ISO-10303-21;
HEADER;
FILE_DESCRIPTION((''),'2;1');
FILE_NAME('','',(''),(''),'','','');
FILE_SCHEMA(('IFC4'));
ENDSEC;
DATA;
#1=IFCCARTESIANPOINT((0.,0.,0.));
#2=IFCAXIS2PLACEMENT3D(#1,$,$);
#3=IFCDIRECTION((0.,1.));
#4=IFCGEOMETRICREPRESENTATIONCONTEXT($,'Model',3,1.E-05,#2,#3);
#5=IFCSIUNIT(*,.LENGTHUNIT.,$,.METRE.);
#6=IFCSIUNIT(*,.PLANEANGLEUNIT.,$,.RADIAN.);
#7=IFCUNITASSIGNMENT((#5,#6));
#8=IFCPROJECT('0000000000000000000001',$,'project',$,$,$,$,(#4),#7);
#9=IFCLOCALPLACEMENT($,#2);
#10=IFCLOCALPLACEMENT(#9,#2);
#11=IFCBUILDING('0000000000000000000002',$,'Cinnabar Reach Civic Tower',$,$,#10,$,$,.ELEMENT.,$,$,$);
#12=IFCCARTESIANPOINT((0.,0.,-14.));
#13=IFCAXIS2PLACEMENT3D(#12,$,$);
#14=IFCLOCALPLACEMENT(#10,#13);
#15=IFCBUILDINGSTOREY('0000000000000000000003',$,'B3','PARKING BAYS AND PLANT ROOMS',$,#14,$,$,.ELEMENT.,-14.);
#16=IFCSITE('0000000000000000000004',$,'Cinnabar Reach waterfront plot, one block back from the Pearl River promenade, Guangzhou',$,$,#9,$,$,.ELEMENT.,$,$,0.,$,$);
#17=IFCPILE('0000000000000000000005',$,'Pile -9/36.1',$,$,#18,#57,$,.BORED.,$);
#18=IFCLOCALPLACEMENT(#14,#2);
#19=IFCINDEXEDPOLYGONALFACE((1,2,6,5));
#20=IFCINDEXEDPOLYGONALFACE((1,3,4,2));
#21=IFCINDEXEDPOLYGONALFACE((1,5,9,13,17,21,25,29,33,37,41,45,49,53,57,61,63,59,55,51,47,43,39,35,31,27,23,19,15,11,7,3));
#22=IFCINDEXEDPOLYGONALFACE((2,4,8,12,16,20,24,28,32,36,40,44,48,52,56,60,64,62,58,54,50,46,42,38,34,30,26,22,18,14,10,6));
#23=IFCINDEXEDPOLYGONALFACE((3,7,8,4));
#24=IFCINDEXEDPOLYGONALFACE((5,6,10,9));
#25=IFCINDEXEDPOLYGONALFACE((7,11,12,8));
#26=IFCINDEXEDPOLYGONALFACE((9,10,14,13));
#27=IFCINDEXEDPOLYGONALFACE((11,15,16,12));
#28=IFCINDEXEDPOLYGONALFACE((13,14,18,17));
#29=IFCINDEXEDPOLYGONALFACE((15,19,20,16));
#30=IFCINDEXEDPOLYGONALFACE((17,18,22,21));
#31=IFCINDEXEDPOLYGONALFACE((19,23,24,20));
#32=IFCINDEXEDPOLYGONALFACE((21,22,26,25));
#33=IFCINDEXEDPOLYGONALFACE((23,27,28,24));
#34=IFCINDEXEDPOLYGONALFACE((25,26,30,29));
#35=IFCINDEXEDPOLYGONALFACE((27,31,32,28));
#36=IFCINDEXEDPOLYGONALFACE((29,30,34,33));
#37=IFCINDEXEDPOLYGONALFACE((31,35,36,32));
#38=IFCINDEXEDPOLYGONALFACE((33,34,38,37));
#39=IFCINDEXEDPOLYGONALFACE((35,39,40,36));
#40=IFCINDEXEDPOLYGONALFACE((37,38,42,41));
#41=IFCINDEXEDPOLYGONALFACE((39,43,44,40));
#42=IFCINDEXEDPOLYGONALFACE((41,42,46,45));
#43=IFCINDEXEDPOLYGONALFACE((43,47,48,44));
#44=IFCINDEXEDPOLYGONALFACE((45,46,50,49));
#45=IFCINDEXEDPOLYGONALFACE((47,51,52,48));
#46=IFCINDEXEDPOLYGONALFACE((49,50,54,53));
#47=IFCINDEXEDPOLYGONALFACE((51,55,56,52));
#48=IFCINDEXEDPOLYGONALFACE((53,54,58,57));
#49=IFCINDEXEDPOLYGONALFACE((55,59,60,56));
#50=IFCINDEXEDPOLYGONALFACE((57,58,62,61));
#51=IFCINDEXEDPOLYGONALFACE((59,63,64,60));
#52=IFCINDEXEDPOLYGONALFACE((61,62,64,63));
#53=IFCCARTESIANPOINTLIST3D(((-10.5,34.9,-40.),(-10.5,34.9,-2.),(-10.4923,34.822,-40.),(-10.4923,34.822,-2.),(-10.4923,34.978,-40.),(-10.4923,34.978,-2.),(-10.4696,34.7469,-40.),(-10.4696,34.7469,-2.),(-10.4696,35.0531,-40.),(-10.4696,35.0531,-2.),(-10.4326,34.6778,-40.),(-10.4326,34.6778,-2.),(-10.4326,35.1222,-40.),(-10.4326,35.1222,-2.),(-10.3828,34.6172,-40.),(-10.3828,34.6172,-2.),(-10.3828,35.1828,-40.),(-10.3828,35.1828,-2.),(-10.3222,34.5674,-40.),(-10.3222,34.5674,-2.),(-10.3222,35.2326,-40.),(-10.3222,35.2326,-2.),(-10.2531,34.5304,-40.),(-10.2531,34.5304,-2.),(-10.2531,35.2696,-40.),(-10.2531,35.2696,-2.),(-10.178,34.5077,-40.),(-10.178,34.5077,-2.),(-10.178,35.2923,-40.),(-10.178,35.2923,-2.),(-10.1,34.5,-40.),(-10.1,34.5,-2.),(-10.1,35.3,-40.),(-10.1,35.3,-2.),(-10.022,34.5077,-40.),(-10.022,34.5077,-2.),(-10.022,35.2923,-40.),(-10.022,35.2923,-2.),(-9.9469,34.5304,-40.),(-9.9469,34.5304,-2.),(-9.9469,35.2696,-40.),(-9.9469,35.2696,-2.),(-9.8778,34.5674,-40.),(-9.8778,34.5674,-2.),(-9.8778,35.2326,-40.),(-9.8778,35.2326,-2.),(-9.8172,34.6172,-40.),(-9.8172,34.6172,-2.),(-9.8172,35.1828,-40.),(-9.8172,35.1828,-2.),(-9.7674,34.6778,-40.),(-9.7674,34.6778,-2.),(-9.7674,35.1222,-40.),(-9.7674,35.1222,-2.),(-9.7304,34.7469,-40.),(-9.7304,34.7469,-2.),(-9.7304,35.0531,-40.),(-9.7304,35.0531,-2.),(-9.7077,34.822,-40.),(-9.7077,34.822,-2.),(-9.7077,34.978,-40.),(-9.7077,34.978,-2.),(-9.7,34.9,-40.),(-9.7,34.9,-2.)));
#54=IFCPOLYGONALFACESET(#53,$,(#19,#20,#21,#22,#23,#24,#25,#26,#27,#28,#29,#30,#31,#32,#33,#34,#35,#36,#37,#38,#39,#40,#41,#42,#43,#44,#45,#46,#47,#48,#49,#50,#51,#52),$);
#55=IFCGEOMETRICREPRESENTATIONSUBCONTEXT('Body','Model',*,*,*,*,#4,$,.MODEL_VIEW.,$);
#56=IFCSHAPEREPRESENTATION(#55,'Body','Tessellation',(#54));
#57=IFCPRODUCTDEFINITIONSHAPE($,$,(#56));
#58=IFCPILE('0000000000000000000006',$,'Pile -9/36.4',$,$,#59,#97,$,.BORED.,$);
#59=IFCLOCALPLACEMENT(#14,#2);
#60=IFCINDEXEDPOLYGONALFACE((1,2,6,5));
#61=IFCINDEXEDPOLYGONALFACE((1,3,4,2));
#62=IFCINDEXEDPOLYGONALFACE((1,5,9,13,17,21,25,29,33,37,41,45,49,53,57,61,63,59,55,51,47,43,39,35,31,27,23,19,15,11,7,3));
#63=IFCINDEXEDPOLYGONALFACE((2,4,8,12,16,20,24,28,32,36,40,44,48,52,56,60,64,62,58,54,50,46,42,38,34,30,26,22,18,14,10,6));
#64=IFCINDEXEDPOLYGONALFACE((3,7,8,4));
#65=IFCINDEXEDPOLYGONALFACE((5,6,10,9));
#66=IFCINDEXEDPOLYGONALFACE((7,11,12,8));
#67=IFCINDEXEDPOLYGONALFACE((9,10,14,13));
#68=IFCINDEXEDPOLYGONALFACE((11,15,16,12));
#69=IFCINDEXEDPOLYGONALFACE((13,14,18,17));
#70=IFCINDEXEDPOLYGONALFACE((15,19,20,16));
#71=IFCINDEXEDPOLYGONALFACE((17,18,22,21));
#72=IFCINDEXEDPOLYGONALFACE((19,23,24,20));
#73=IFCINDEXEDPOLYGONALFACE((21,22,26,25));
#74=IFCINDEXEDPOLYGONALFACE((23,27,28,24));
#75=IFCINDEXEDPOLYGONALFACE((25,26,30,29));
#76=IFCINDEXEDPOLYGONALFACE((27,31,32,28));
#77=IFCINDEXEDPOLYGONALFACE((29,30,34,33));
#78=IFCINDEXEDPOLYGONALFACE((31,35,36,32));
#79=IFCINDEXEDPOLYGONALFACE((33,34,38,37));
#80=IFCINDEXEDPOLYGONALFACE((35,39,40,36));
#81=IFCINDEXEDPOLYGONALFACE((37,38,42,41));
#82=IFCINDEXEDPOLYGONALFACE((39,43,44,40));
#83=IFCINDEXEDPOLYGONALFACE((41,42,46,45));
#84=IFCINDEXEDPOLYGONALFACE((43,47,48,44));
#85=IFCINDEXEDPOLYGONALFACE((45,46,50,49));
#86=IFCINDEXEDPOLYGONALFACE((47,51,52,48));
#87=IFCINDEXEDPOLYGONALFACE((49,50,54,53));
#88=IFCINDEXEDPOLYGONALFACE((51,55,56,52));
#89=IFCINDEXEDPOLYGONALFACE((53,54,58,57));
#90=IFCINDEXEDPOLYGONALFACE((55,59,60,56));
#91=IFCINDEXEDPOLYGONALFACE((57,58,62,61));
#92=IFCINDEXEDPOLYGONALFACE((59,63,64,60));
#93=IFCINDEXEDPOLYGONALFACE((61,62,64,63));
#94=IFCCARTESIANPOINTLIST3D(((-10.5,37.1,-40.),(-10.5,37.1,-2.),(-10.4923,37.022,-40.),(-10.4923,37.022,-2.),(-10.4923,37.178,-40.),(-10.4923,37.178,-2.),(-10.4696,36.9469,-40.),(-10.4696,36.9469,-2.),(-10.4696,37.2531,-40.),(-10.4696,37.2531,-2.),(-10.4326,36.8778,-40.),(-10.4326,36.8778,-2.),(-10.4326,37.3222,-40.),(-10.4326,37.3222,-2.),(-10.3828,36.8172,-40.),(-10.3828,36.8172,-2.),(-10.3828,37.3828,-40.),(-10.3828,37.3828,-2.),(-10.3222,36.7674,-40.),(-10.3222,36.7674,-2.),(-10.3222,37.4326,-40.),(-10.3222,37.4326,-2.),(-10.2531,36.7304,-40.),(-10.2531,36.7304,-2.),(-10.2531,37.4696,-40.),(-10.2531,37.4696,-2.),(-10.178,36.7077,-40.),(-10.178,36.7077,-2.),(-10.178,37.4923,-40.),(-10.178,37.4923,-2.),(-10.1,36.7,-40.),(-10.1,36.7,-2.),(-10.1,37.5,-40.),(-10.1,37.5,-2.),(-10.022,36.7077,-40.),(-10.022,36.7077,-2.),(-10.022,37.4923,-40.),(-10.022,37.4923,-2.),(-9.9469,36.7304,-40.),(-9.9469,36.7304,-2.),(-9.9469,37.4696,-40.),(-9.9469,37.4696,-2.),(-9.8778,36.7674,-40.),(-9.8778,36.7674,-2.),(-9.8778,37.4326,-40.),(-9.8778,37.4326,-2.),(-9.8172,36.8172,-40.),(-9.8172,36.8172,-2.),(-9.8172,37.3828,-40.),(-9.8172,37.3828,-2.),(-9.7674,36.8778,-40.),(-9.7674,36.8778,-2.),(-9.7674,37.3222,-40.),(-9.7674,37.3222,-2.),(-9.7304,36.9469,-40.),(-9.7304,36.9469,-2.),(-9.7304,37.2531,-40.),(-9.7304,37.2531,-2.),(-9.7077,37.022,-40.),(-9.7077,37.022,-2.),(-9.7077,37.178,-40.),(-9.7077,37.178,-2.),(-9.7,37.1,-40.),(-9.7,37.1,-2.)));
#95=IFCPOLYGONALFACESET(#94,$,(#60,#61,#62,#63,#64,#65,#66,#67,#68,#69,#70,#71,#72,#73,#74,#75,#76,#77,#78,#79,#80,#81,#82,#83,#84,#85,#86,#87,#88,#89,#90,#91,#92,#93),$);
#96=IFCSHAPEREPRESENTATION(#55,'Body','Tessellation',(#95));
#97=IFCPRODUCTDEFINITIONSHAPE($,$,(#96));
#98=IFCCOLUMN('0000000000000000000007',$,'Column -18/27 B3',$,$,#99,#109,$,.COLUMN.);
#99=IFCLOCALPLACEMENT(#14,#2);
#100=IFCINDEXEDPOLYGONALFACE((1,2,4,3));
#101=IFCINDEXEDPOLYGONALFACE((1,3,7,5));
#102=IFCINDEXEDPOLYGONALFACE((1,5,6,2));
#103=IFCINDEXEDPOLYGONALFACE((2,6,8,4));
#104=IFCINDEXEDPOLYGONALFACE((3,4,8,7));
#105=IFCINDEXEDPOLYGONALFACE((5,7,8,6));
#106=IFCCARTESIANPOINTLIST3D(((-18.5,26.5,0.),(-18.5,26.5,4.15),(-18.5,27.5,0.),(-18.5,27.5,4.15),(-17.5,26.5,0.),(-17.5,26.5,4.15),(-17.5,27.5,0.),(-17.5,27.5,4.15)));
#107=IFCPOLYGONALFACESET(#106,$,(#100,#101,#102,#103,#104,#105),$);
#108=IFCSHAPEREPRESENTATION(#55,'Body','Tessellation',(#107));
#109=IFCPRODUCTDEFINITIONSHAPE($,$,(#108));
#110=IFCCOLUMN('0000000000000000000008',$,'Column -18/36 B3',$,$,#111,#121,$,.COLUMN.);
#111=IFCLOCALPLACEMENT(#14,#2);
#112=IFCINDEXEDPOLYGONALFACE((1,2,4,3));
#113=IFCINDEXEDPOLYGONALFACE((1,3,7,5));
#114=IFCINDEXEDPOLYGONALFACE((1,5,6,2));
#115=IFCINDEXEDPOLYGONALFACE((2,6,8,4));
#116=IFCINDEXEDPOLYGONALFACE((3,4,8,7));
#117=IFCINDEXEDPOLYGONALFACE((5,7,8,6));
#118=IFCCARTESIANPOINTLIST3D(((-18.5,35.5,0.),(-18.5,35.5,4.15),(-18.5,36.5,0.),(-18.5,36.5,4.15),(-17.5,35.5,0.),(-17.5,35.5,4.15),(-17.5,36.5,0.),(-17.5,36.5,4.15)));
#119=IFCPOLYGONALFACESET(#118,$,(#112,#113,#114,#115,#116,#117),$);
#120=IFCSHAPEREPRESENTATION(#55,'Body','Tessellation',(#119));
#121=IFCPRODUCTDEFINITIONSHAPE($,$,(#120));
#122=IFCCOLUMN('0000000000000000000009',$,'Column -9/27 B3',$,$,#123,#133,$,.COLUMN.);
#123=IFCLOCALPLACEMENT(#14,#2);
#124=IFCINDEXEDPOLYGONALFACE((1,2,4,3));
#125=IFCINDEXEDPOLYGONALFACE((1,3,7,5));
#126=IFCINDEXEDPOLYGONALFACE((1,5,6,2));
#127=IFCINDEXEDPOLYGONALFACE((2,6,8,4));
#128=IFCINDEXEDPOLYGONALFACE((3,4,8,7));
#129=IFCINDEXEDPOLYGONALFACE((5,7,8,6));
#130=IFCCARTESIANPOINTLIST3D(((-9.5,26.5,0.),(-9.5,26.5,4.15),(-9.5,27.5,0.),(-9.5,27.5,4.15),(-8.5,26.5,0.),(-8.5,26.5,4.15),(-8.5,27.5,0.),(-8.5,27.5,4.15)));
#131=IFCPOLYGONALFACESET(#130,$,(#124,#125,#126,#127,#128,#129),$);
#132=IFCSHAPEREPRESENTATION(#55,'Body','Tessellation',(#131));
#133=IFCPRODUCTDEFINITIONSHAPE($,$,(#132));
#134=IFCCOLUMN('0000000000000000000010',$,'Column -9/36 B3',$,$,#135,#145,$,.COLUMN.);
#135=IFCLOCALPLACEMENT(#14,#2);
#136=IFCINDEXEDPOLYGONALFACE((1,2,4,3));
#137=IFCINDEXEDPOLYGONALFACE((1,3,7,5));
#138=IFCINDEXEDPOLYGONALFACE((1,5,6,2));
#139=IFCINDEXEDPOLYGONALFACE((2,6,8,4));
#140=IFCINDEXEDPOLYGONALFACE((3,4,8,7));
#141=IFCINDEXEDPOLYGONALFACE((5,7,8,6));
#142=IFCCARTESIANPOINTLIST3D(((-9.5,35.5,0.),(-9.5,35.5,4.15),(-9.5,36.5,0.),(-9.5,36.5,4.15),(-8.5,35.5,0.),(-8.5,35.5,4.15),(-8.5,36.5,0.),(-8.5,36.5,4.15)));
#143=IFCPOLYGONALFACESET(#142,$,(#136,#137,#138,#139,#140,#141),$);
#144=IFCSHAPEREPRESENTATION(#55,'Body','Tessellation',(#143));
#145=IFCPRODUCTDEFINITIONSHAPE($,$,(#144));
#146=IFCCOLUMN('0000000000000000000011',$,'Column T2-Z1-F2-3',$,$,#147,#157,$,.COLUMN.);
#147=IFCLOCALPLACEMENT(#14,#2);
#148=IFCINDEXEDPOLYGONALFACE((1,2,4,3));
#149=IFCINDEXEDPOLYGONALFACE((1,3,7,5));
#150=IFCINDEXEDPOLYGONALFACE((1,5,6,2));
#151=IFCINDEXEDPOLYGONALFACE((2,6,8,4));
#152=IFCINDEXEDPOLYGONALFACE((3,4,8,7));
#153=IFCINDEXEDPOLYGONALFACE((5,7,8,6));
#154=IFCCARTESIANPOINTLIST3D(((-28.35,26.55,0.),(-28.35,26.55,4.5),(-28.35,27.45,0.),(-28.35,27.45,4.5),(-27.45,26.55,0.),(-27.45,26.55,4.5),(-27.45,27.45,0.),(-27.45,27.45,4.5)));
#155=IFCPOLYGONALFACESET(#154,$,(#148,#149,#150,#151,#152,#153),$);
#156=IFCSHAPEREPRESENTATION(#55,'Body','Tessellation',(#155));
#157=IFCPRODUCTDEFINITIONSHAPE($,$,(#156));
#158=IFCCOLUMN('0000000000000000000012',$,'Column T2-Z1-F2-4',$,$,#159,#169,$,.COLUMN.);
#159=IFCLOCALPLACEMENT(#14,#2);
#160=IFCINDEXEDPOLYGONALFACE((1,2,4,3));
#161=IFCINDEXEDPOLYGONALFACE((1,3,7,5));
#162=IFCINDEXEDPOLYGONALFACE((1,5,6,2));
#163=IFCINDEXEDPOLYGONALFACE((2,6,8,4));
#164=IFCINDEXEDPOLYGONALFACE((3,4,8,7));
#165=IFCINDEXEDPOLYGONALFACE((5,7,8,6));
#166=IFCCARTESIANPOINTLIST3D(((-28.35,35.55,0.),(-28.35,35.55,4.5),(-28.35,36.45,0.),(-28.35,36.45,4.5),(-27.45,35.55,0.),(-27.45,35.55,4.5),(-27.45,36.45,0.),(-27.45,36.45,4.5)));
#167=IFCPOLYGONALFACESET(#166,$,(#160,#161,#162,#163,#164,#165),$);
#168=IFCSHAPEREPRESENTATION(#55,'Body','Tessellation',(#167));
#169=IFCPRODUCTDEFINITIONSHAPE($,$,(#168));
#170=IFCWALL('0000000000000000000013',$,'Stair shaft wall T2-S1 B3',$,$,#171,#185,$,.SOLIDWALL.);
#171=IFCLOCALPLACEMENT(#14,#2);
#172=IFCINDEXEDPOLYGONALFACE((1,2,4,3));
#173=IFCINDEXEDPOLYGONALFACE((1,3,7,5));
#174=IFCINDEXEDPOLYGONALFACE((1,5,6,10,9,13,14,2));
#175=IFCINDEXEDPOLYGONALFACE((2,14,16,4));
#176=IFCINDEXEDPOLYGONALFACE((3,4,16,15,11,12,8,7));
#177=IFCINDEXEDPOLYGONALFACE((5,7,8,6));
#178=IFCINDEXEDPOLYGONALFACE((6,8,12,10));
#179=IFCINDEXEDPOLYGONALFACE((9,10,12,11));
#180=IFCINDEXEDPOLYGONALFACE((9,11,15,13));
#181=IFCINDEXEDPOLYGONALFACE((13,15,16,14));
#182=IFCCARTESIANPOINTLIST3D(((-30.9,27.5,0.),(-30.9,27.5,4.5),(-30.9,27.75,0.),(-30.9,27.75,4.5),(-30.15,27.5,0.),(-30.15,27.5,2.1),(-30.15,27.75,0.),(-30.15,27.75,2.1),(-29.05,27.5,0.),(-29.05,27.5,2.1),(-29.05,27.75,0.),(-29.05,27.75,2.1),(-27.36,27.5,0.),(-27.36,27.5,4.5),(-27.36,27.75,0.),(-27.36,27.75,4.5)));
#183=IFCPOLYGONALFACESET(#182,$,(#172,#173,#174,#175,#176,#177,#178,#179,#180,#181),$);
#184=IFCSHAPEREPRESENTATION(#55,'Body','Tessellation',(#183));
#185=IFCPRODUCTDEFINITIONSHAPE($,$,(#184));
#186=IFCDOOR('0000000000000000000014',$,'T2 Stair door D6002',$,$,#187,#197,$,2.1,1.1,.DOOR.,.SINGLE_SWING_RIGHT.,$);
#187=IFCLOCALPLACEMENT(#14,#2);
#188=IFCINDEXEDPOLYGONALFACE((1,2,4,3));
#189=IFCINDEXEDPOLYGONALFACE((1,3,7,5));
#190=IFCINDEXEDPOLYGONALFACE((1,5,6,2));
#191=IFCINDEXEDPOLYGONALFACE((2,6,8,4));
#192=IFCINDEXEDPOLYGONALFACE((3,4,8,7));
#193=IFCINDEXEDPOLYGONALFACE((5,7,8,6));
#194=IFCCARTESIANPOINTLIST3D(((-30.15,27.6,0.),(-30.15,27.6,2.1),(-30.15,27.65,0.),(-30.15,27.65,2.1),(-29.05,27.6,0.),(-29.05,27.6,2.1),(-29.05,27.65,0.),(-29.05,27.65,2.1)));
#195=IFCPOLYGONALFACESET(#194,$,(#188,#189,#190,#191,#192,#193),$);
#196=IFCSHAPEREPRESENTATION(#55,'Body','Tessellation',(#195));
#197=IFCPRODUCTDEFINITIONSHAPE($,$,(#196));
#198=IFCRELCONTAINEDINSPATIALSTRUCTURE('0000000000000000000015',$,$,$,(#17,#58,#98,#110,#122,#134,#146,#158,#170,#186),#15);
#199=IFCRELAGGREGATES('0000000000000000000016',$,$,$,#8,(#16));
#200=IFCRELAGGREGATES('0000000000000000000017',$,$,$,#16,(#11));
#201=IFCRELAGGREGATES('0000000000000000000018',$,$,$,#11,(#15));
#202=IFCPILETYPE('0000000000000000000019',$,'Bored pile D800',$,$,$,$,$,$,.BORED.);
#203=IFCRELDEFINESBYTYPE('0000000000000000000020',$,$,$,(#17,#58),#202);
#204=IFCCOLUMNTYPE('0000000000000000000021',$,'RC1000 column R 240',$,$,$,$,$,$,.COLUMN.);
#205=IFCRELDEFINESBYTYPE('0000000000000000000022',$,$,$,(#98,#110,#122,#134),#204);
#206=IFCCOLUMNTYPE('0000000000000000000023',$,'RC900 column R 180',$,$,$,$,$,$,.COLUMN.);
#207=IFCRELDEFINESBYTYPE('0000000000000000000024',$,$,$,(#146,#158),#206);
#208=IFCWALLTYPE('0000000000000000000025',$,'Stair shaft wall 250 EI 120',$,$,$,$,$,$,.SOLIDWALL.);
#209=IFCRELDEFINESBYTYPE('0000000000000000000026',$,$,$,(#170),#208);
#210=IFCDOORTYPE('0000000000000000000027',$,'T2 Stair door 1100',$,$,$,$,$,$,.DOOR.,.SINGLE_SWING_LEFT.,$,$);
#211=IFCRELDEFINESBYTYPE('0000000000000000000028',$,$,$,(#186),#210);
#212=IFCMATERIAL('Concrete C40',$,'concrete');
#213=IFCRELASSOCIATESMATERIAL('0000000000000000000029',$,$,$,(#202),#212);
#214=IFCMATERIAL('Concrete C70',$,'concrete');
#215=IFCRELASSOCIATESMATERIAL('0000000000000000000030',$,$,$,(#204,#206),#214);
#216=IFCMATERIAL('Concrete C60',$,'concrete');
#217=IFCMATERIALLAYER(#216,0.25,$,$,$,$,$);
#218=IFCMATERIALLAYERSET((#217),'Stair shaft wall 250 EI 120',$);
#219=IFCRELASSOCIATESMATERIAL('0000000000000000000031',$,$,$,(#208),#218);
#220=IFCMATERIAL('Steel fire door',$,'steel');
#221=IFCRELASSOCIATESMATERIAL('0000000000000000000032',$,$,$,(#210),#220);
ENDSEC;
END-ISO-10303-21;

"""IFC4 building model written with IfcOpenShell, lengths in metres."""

from ifc_helpers import new_model, si_unit, direction, frame, frame_2d, origin, origin_2d, place, context, subcontext, project, spatial, rectangle, circle, extrude, material, layer, layer_set, material_profile, profile_set, type_object, element, fill, save


model = new_model("IFC4")

# Units and contexts
model_context = context("Model", 3, precision=1e-05, world=origin(), true_north=direction((0.0, 1.0)))
body_context = subcontext(model_context, "Body", "Model", "MODEL_VIEW")
ifc_project = project(units=[si_unit("LENGTHUNIT", "METRE"), si_unit("PLANEANGLEUNIT", "RADIAN")], contexts=[model_context])

# Site, building, storey
site_placement = place(None, origin())
site = spatial("IfcSite", under=ifc_project, at=site_placement, Name="Cinnabar Reach waterfront plot, one block back from the Pearl River promenade, Guangzhou", CompositionType="ELEMENT", RefElevation=0.0)
building_placement = place(site_placement, origin())
building = spatial("IfcBuilding", under=site, at=building_placement, Name="Cinnabar Reach Civic Tower", CompositionType="ELEMENT")
storey_placement = place(building_placement, frame((0.0, 0.0, -14.0)))
storey = spatial("IfcBuildingStorey", under=building, at=storey_placement, Name="B3", Description="PARKING BAYS AND PLANT ROOMS", CompositionType="ELEMENT", Elevation=-14.0)

# Piles
ifc_material_1 = material(Name="Concrete C40", Category="concrete")
pile_type = type_object("IfcPileType", Name="Bored pile D800", PredefinedType="BORED", material=ifc_material_1)
for number, where, z_axis, x_axis, name in (
    (1, (-10.1, 34.9, -2.0), (0.0, 0.0, -1.0), (1.0, 0.0, 0.0), "Pile -9/36.1"),
    (2, (-10.1, 37.1, -2.0), (0.0, 0.0, -1.0), (1.0, 0.0, 0.0), "Pile -9/36.4"),
):
    element("IfcPile", number, at=place(storey_placement, frame(where, z_axis=z_axis, x_axis=x_axis)), inside=storey, type_object=pile_type, Name=name, PredefinedType="BORED", context=body_context, shape_type="SweptSolid", body=[
        extrude(circle(Radius=0.4, at=origin_2d()), origin(), (0.0, 0.0, 1.0), 38.0),
    ])

# Columns
ifc_material_2 = material(Name="Concrete C70", Category="concrete")
ifc_material_profile_1 = material_profile(ifc_material_2, rectangle(XDim=1.0, YDim=1.0, at=origin_2d()), Name="RC1000")
ifc_profile_set_1 = profile_set([ifc_material_profile_1], Name="Concrete C70")
column_type_1 = type_object("IfcColumnType", Name="RC1000 column R 240", PredefinedType="COLUMN", material=ifc_profile_set_1)
for number, where, z_axis, x_axis, name in (
    (3, (-18.0, 27.0, 0.0), (0.0, 0.0, 1.0), (1.0, 0.0, 0.0), "Column -18/27 B3"),
    (4, (-18.0, 36.0, 0.0), (0.0, 0.0, 1.0), (1.0, 0.0, 0.0), "Column -18/36 B3"),
    (5, (-9.0, 27.0, 0.0), (0.0, 0.0, 1.0), (1.0, 0.0, 0.0), "Column -9/27 B3"),
    (6, (-9.0, 36.0, 0.0), (0.0, 0.0, 1.0), (1.0, 0.0, 0.0), "Column -9/36 B3"),
):
    element("IfcColumn", number, at=place(storey_placement, frame(where, z_axis=z_axis, x_axis=x_axis)), inside=storey, type_object=column_type_1, Name=name, PredefinedType="COLUMN", context=body_context, shape_type="SweptSolid", body=[
        extrude(rectangle(XDim=1.0, YDim=1.0, at=origin_2d()), origin(), (0.0, 0.0, 1.0), 4.15),
    ])
ifc_material_profile_2 = material_profile(ifc_material_2, rectangle(XDim=0.9, YDim=0.9, at=origin_2d()), Name="RC900")
ifc_profile_set_2 = profile_set([ifc_material_profile_2], Name="Concrete C70")
column_type_2 = type_object("IfcColumnType", Name="RC900 column R 180", PredefinedType="COLUMN", material=ifc_profile_set_2)
for number, where, z_axis, x_axis, name in (
    (7, (-27.9, 27.0, 0.0), (0.0, 0.0, 1.0), (1.0, 0.0, 0.0), "Column T2-Z1-F2-3"),
    (8, (-27.9, 36.0, 0.0), (0.0, 0.0, 1.0), (1.0, 0.0, 0.0), "Column T2-Z1-F2-4"),
):
    element("IfcColumn", number, at=place(storey_placement, frame(where, z_axis=z_axis, x_axis=x_axis)), inside=storey, type_object=column_type_2, Name=name, PredefinedType="COLUMN", context=body_context, shape_type="SweptSolid", body=[
        extrude(rectangle(XDim=0.9, YDim=0.9, at=origin_2d()), origin(), (0.0, 0.0, 1.0), 4.5),
    ])

# Wall, opening, door
ifc_material_3 = material(Name="Concrete C60", Category="concrete")
ifc_layer_1 = layer(ifc_material_3, 0.25)
ifc_layer_set_1 = layer_set([ifc_layer_1], Name="Stair shaft wall 250 EI 120")
wall_type_1 = type_object("IfcWallType", Name="Stair shaft wall 250 EI 120", PredefinedType="SOLIDWALL", material=ifc_layer_set_1)
wall_placement = place(storey_placement, frame((-27.36, 27.625, 0.0), z_axis=(0.0, 0.0, 1.0), x_axis=(-1.0, 0.0, 0.0)))
wall = element("IfcWall", 9, at=wall_placement, inside=storey, type_object=wall_type_1, Name="Stair shaft wall T2-S1 B3", PredefinedType="SOLIDWALL", context=body_context, shape_type="SweptSolid", body=[
    extrude(rectangle(XDim=3.54, YDim=0.25, at=frame_2d((1.77, 0.0))), origin(), (0.0, 0.0, 1.0), 4.5),
])
opening_placement = place(wall_placement, frame((1.69, 0.0, 0.0)))
opening = element("IfcOpeningElement", 10, at=opening_placement, cuts=wall, PredefinedType="OPENING", context=body_context, shape_type="SweptSolid", body=[
    extrude(rectangle(XDim=1.1, YDim=2.1, at=frame_2d((0.55, 1.05))), frame((0.0, 0.135, 0.0), z_axis=(0.0, -1.0, 0.0), x_axis=(1.0, 0.0, 0.0)), (0.0, 0.0, 1.0), 0.27),
])
ifc_material_4 = material(Name="Steel fire door", Category="steel")
door_type = type_object("IfcDoorType", Name="T2 Stair door 1100", OperationType="SINGLE_SWING_LEFT", PredefinedType="DOOR", material=ifc_material_4)
door_placement = place(opening_placement, origin())
door = element("IfcDoor", 11, at=door_placement, inside=storey, type_object=door_type, Name="T2 Stair door D6002", OperationType="SINGLE_SWING_RIGHT", OverallHeight=2.1, OverallWidth=1.1, PredefinedType="DOOR", context=body_context, shape_type="SweptSolid", body=[
    extrude(rectangle(XDim=1.1, YDim=2.1, at=frame_2d((0.55, 1.05))), frame((0.0, 0.025, 0.0), z_axis=(0.0, -1.0, 0.0), x_axis=(1.0, 0.0, 0.0)), (0.0, 0.0, 1.0), 0.05),
])
fill(opening, door)

save(model, "model.ifc")
